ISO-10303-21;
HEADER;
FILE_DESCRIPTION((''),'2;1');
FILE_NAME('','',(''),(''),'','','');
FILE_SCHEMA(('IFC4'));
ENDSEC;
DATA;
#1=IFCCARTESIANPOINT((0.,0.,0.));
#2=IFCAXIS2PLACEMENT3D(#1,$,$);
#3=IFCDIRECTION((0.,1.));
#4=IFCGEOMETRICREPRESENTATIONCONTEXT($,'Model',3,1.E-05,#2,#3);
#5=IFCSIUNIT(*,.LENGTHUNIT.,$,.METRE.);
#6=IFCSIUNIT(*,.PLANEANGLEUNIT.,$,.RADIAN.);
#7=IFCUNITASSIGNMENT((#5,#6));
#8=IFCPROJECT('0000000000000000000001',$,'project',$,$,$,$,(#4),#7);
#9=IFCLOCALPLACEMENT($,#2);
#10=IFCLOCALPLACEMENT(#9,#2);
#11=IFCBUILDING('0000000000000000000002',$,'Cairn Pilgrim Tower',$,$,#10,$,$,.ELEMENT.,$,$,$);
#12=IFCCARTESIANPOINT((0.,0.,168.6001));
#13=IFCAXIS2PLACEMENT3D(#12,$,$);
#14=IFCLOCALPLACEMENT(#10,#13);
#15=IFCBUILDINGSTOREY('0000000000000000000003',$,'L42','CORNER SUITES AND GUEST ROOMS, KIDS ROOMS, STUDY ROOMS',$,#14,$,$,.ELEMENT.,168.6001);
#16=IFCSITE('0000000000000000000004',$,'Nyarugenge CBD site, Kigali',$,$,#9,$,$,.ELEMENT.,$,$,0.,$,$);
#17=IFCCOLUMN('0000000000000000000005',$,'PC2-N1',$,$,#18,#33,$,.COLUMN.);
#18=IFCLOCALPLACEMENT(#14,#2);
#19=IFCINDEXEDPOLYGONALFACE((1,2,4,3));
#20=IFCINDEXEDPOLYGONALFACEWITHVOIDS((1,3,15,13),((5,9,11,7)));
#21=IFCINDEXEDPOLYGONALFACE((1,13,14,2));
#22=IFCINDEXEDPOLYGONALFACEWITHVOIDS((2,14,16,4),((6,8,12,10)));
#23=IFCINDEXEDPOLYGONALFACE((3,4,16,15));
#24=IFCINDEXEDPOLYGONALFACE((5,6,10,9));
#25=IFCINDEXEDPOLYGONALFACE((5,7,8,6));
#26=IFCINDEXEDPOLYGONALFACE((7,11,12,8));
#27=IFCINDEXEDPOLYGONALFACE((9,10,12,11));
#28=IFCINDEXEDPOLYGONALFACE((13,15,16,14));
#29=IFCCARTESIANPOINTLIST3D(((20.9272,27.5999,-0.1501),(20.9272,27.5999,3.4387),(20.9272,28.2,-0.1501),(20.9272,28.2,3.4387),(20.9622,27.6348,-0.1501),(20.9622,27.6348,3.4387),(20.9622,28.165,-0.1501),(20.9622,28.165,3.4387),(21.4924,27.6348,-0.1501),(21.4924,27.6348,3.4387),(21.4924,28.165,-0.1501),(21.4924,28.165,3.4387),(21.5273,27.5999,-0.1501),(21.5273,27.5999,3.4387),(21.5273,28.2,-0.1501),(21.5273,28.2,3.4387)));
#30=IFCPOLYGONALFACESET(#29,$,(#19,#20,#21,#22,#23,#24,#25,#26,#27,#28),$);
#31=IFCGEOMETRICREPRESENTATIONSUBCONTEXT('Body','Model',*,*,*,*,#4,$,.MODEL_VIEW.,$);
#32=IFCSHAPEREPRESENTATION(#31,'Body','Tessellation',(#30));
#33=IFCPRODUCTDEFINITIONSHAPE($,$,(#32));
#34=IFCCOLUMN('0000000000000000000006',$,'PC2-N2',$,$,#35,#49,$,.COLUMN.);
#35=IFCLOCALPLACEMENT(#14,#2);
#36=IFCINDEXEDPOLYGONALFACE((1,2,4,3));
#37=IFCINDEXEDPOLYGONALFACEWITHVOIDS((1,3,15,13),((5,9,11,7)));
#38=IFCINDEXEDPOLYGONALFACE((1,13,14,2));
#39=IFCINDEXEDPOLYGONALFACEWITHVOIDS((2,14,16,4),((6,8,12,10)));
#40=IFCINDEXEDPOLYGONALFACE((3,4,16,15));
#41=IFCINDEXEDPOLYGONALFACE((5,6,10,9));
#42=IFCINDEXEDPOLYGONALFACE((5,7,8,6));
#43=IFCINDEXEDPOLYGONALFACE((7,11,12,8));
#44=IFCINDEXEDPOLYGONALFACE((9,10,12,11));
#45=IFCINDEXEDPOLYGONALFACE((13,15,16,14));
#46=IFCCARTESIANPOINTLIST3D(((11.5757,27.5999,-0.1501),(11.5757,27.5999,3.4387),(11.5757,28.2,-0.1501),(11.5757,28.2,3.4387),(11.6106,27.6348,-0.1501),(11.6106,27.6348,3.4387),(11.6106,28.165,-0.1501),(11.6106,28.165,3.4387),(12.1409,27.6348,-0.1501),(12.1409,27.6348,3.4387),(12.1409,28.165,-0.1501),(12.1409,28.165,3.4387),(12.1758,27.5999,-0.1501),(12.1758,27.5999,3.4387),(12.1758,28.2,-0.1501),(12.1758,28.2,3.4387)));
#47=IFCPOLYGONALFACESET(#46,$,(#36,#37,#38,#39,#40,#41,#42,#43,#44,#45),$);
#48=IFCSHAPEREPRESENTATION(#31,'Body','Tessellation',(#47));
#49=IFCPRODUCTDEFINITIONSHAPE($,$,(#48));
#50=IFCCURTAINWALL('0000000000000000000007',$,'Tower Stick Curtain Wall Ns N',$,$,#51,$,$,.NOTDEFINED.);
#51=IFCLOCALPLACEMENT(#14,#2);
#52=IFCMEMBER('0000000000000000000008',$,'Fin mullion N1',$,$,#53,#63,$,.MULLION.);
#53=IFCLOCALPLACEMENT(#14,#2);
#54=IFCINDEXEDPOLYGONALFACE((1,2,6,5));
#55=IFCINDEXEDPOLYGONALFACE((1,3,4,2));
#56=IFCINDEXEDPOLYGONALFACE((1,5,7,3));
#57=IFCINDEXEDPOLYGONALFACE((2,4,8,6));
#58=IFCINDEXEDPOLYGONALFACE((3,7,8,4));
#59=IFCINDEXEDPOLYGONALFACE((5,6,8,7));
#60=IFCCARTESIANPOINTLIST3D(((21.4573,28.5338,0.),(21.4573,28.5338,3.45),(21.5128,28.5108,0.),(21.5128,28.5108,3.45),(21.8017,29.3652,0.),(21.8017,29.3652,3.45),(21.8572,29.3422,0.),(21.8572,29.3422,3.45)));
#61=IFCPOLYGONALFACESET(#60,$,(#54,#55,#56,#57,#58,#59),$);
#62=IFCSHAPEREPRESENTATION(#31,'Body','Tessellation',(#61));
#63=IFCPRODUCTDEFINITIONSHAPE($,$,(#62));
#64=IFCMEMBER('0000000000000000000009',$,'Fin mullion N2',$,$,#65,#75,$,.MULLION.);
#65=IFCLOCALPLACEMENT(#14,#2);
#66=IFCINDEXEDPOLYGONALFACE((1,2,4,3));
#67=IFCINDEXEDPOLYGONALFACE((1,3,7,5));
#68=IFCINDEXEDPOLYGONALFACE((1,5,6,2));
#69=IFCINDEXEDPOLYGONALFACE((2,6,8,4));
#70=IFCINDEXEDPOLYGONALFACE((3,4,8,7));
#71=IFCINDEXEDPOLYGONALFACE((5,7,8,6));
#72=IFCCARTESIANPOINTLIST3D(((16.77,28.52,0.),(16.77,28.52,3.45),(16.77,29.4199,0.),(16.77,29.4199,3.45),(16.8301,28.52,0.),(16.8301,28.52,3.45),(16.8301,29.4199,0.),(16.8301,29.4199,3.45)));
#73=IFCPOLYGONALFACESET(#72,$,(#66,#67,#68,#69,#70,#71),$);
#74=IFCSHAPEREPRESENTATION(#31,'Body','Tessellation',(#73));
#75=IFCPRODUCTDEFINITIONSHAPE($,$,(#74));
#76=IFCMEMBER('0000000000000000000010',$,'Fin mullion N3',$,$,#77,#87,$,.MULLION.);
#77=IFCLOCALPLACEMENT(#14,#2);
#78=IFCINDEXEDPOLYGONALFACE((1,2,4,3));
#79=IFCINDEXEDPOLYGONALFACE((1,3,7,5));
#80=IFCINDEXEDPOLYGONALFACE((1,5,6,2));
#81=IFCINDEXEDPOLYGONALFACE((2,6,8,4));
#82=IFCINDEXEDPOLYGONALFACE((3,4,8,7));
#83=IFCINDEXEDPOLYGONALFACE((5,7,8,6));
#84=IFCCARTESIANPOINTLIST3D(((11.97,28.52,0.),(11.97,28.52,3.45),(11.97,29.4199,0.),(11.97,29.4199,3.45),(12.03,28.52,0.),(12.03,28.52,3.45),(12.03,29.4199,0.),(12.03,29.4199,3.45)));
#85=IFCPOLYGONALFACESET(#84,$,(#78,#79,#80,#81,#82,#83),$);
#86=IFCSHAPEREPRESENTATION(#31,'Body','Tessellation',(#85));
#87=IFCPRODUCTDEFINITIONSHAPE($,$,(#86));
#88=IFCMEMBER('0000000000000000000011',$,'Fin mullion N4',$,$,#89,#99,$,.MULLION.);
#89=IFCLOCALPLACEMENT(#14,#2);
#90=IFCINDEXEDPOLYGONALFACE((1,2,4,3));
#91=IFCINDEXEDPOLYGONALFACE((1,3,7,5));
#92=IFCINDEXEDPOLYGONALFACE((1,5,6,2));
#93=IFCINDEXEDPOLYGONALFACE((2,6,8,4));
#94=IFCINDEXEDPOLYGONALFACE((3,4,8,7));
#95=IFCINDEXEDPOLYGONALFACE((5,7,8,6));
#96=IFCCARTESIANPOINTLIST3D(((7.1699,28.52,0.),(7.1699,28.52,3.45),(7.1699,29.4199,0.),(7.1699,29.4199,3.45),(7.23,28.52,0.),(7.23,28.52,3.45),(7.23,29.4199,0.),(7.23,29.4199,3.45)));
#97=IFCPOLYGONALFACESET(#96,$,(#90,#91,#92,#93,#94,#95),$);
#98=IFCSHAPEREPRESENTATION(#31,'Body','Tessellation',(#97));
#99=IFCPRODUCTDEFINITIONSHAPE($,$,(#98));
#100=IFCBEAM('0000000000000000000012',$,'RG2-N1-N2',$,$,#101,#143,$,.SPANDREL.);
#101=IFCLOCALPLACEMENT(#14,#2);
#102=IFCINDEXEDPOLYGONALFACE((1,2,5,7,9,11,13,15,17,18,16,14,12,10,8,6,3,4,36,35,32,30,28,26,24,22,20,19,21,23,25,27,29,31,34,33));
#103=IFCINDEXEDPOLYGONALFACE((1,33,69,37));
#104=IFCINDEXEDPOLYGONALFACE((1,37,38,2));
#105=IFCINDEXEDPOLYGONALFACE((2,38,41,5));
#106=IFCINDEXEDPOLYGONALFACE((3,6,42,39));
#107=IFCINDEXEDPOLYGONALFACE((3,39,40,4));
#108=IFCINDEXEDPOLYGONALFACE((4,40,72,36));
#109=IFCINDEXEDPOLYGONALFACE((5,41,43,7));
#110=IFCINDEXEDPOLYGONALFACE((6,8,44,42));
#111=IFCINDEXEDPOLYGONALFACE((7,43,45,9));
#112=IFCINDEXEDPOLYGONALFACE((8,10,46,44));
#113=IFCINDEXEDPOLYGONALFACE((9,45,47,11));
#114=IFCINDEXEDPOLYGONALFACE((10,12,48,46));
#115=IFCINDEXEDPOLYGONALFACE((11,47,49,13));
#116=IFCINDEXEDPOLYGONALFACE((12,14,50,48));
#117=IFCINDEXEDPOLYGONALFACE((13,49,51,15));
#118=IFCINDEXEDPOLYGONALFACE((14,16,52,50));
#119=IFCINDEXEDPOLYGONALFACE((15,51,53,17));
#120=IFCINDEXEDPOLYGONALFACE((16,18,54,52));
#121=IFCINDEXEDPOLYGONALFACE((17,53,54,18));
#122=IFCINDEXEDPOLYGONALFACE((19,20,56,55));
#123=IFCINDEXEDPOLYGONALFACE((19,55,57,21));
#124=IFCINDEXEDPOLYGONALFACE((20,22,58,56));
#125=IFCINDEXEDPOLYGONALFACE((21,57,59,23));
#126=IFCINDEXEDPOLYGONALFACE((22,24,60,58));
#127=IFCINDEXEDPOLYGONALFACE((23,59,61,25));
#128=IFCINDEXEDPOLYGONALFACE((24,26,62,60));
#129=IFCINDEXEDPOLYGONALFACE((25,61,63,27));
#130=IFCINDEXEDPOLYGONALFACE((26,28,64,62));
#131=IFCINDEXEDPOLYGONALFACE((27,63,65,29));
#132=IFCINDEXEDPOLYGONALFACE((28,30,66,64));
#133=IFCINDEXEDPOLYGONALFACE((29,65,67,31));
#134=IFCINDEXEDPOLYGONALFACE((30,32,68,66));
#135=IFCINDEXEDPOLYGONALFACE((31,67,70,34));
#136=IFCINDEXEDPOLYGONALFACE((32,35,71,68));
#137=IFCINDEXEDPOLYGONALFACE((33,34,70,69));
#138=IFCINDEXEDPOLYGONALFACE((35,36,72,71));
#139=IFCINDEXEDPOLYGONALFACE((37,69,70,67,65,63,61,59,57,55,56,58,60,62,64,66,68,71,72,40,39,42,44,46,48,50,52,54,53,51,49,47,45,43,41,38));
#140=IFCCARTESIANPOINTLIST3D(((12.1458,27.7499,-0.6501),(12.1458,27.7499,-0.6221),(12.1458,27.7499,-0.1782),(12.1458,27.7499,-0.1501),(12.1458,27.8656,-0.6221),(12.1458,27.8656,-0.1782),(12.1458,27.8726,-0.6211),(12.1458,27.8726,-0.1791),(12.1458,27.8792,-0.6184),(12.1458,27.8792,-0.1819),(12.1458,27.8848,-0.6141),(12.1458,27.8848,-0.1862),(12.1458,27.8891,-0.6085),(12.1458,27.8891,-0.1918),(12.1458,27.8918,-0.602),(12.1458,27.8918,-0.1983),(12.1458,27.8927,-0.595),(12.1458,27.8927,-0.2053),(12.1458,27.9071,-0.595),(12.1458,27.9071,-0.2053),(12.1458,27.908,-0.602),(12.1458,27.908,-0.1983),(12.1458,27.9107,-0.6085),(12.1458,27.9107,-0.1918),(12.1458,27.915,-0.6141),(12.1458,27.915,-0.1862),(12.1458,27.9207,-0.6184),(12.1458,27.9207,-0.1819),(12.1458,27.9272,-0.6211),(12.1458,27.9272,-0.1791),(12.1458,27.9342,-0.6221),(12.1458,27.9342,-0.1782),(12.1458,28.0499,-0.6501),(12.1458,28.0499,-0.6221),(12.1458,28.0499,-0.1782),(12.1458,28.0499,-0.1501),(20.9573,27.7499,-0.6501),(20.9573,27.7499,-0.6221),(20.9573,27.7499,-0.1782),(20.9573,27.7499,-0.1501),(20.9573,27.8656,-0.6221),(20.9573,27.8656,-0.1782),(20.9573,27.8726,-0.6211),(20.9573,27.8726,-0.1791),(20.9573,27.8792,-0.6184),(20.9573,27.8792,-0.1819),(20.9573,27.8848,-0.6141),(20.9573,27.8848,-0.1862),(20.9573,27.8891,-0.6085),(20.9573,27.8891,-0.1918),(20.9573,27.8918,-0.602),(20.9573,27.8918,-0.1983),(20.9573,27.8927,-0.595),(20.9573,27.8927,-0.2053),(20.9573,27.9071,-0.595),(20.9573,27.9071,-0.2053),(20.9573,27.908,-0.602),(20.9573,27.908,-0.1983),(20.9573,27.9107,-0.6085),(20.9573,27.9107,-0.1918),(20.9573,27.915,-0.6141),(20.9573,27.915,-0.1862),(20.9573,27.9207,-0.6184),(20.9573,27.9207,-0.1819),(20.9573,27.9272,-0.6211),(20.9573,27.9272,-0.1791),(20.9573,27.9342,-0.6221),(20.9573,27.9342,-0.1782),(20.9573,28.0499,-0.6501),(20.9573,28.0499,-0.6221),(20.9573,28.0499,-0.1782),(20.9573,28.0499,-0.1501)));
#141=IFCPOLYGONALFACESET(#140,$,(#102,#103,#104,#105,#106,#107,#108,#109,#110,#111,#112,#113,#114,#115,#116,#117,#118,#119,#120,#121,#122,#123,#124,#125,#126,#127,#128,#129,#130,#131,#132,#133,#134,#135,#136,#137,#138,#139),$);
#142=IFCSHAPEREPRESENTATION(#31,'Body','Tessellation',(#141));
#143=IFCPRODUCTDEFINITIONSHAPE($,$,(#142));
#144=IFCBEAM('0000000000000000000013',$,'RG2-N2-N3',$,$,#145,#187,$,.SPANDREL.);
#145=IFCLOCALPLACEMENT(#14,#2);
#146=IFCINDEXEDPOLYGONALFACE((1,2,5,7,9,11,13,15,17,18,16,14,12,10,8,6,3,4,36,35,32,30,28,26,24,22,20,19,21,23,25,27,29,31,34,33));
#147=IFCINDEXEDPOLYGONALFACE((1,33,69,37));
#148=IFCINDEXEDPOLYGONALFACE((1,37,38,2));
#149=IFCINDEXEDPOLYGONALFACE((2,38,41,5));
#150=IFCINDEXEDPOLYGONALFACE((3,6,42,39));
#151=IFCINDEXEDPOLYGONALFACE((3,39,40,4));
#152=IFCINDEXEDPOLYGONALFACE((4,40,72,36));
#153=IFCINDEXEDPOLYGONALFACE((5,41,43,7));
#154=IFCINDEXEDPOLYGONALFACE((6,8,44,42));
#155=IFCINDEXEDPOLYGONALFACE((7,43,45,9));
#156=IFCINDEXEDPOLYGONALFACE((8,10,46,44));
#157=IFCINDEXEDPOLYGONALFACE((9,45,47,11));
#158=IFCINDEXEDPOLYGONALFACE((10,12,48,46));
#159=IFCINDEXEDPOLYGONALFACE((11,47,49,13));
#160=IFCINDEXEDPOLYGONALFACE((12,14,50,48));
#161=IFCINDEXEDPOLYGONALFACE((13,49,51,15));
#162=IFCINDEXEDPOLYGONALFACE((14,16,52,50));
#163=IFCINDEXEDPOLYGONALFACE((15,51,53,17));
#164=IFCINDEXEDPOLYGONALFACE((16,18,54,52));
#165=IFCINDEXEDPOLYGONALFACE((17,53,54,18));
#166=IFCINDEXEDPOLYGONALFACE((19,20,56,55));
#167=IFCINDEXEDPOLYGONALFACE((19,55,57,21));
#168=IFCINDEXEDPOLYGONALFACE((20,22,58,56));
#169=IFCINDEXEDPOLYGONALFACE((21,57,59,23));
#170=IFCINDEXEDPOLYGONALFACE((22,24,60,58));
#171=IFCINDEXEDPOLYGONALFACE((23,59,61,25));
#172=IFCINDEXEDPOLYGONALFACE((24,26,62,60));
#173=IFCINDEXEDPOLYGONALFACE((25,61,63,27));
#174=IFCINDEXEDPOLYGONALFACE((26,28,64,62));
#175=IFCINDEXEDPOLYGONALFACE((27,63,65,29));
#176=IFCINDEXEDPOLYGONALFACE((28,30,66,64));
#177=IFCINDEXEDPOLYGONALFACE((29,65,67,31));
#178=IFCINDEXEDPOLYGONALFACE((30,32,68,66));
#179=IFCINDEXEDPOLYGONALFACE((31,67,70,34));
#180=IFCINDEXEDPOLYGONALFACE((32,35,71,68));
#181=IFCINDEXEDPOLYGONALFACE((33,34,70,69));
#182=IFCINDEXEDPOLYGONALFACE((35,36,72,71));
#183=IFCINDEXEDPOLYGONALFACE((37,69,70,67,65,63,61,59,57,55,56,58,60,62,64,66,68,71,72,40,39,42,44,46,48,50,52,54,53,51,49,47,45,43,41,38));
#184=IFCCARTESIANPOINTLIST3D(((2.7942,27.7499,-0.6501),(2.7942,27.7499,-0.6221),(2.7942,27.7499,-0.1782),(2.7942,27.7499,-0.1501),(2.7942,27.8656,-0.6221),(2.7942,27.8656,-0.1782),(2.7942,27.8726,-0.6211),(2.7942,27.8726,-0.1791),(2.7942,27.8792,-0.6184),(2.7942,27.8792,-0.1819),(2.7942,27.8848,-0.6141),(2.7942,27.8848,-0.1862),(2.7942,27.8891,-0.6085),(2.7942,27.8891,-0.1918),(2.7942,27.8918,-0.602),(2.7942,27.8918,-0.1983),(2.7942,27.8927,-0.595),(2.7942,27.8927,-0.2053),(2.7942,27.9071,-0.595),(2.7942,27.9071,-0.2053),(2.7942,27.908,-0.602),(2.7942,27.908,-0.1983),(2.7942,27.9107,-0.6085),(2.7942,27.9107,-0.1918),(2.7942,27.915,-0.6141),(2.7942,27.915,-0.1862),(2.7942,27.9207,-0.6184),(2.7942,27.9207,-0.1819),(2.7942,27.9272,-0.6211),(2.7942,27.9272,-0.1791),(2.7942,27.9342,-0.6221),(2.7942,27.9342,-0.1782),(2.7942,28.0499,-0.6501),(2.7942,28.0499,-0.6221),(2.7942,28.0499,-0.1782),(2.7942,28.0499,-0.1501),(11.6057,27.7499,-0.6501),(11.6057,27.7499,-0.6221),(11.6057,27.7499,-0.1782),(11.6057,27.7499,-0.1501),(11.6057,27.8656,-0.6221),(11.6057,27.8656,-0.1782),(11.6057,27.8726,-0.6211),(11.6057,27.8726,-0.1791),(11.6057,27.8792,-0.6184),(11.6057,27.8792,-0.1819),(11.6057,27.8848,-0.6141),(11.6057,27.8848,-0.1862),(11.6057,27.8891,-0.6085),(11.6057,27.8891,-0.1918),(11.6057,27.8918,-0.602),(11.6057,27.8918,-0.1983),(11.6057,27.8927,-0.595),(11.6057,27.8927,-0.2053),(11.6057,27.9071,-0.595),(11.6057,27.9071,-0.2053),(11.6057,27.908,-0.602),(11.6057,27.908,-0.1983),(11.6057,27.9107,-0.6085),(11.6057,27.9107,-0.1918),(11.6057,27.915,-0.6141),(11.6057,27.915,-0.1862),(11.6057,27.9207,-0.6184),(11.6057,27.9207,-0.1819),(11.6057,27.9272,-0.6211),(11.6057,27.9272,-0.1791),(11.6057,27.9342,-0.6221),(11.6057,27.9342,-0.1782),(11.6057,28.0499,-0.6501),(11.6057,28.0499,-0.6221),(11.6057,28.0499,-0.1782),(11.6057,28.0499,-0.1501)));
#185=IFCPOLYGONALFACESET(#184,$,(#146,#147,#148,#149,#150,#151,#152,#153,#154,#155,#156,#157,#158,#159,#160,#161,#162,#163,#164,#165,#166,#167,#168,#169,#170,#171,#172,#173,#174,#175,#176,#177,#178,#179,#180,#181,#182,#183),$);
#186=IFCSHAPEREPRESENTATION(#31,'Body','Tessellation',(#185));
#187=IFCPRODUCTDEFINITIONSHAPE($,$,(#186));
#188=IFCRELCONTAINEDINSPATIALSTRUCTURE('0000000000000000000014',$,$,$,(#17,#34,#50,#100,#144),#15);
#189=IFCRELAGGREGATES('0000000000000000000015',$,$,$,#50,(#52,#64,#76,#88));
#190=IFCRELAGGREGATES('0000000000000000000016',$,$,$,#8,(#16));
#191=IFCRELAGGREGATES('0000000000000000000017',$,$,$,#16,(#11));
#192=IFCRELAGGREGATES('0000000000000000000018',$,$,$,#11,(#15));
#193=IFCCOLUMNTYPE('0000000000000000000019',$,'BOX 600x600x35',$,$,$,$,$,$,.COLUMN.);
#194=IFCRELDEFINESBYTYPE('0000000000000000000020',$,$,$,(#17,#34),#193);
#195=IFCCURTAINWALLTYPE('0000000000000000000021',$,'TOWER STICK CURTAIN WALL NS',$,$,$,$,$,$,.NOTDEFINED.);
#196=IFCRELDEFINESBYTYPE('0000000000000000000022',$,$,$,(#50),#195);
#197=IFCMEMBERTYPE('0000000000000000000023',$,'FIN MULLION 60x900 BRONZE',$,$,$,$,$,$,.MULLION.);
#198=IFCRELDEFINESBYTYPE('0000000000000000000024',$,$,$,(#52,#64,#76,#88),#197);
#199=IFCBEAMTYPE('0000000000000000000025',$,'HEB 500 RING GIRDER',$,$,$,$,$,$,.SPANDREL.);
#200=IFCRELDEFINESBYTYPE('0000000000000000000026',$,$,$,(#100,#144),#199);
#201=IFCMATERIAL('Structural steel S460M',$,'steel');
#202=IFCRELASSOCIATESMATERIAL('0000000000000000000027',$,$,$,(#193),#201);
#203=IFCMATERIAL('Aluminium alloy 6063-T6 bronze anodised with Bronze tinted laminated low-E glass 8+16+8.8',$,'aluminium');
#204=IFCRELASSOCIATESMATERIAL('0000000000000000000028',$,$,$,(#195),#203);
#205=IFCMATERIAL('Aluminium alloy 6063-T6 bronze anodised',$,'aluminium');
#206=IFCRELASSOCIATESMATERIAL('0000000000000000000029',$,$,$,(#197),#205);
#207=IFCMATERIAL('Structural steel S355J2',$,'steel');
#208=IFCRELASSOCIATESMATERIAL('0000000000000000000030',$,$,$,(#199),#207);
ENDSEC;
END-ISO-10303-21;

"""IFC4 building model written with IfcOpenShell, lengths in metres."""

from ifc_helpers import new_model, si_unit, direction, frame, origin, origin_2d, place, context, subcontext, project, spatial, rectangle, hollow_rectangle, i_section, extrude, clip, halfspace, material, material_profile, profile_set, type_object, element, aggregate, save


model = new_model("IFC4")

# Units and contexts
model_context = context("Model", 3, precision=1e-05, world=origin(), true_north=direction((0.0, 1.0)))
body_context = subcontext(model_context, "Body", "Model", "MODEL_VIEW")
ifc_project = project(units=[si_unit("LENGTHUNIT", "METRE"), si_unit("PLANEANGLEUNIT", "RADIAN")], contexts=[model_context])

# Site, building, storey
site_placement = place(None, origin())
site = spatial("IfcSite", under=ifc_project, at=site_placement, Name="Nyarugenge CBD site, Kigali", CompositionType="ELEMENT", RefElevation=0.0)
building_placement = place(site_placement, origin())
building = spatial("IfcBuilding", under=site, at=building_placement, Name="Cairn Pilgrim Tower", CompositionType="ELEMENT")
storey_placement = place(building_placement, frame((0.0, 0.0, 168.6001)))
storey = spatial("IfcBuildingStorey", under=building, at=storey_placement, Name="L42", Description="CORNER SUITES AND GUEST ROOMS, KIDS ROOMS, STUDY ROOMS", CompositionType="ELEMENT", Elevation=168.6001)

# Columns
ifc_material_1 = material(Name="Structural steel S460M", Category="steel")
ifc_material_profile_1 = material_profile(ifc_material_1, hollow_rectangle(XDim=0.6001, YDim=0.6001, WallThickness=0.0349, at=origin_2d()), Name="BOX 600x600x35")
ifc_profile_set_1 = profile_set([ifc_material_profile_1], Name="Structural steel S460M")
column_type = type_object("IfcColumnType", Name="BOX 600x600x35", PredefinedType="COLUMN", material=ifc_profile_set_1)
for number, where, z_axis, x_axis, name in (
    (1, (21.2273, 27.8999, -0.1501), (0.0, 0.0, 1.0), (1.0, 0.0, 0.0), "PC2-N1"),
    (2, (11.8757, 27.8999, -0.1501), (0.0, 0.0, 1.0), (1.0, 0.0, 0.0), "PC2-N2"),
):
    element("IfcColumn", number, at=place(storey_placement, frame(where, z_axis=z_axis, x_axis=x_axis)), inside=storey, type_object=column_type, Name=name, PredefinedType="COLUMN", context=body_context, shape_type="Clipping", body=[
        clip(extrude(hollow_rectangle(XDim=0.6001, YDim=0.6001, WallThickness=0.0349, at=origin_2d()), origin(), (0.0, 0.0, 1.0), 3.6001), halfspace(frame((0.0, 0.0, 3.5889), z_axis=(0.0, 0.0, 1.0), x_axis=(1.0, 0.0, 0.0)), False)),
    ])

# Curtain wall, members
ifc_material_2 = material(Name="Aluminium alloy 6063-T6 bronze anodised with Bronze tinted laminated low-E glass 8+16+8.8", Category="aluminium")
curtain_wall_type = type_object("IfcCurtainWallType", Name="TOWER STICK CURTAIN WALL NS", PredefinedType="NOTDEFINED", material=ifc_material_2)
curtain_wall_placement = place(storey_placement, origin())
curtain_wall = element("IfcCurtainWall", 3, at=curtain_wall_placement, inside=storey, type_object=curtain_wall_type, Name="Tower Stick Curtain Wall Ns N", PredefinedType="NOTDEFINED")
ifc_material_3 = material(Name="Aluminium alloy 6063-T6 bronze anodised", Category="aluminium")
ifc_material_profile_2 = material_profile(ifc_material_3, rectangle(XDim=0.8999, YDim=0.0601, at=origin_2d()), Name="FIN MULLION 60x900 BRONZE")
ifc_profile_set_2 = profile_set([ifc_material_profile_2], Name="Aluminium alloy 6063-T6 bronze anodised")
member_type_1 = type_object("IfcMemberType", Name="FIN MULLION 60x900 BRONZE", PredefinedType="MULLION", material=ifc_profile_set_2)
member_1_placement = place(storey_placement, frame((21.6572, 28.938, 0.0), z_axis=(0.0, 0.0, 1.0), x_axis=(0.382683, 0.92388, 0.0)))
member_1 = element("IfcMember", 4, at=member_1_placement, type_object=member_type_1, Name="Fin mullion N1", PredefinedType="MULLION", context=body_context, shape_type="SweptSolid", body=[
    extrude(rectangle(XDim=0.8999, YDim=0.0601, at=origin_2d()), origin(), (0.0, 0.0, 1.0), 3.45),
])
member_2_placement = place(storey_placement, frame((16.8, 28.97, 0.0), z_axis=(0.0, 0.0, 1.0), x_axis=(0.0, 1.0, 0.0)))
member_2 = element("IfcMember", 5, at=member_2_placement, type_object=member_type_1, Name="Fin mullion N2", PredefinedType="MULLION", context=body_context, shape_type="SweptSolid", body=[
    extrude(rectangle(XDim=0.8999, YDim=0.0601, at=origin_2d()), origin(), (0.0, 0.0, 1.0), 3.45),
])
member_3_placement = place(storey_placement, frame((12.0, 28.97, 0.0), z_axis=(0.0, 0.0, 1.0), x_axis=(0.0, 1.0, 0.0)))
member_3 = element("IfcMember", 6, at=member_3_placement, type_object=member_type_1, Name="Fin mullion N3", PredefinedType="MULLION", context=body_context, shape_type="SweptSolid", body=[
    extrude(rectangle(XDim=0.8999, YDim=0.0601, at=origin_2d()), origin(), (0.0, 0.0, 1.0), 3.45),
])
member_4_placement = place(storey_placement, frame((7.2, 28.97, 0.0), z_axis=(0.0, 0.0, 1.0), x_axis=(0.0, 1.0, 0.0)))
member_4 = element("IfcMember", 7, at=member_4_placement, type_object=member_type_1, Name="Fin mullion N4", PredefinedType="MULLION", context=body_context, shape_type="SweptSolid", body=[
    extrude(rectangle(XDim=0.8999, YDim=0.0601, at=origin_2d()), origin(), (0.0, 0.0, 1.0), 3.45),
])

# Beams
ifc_material_4 = material(Name="Structural steel S355J2", Category="steel")
ifc_material_profile_3 = material_profile(ifc_material_4, i_section(OverallWidth=0.3, OverallDepth=0.5, WebThickness=0.0144, FlangeThickness=0.0281, FilletRadius=0.0271, at=origin_2d()), Name="HEB 500")
ifc_profile_set_3 = profile_set([ifc_material_profile_3], Name="Structural steel S355J2")
beam_type_1 = type_object("IfcBeamType", Name="HEB 500 RING GIRDER", PredefinedType="SPANDREL", material=ifc_profile_set_3)
for number, where, z_axis, x_axis, name in (
    (8, (20.9573, 27.8999, -0.4001), (-1.0, 0.0, 0.0), (0.0, -1.0, 0.0), "RG2-N1-N2"),
    (9, (11.6057, 27.8999, -0.4001), (-1.0, 0.0, 0.0), (0.0, -1.0, 0.0), "RG2-N2-N3"),
):
    element("IfcBeam", number, at=place(storey_placement, frame(where, z_axis=z_axis, x_axis=x_axis)), inside=storey, type_object=beam_type_1, Name=name, PredefinedType="SPANDREL", context=body_context, shape_type="SweptSolid", body=[
        extrude(i_section(OverallWidth=0.3, OverallDepth=0.5, WebThickness=0.0144, FlangeThickness=0.0281, FilletRadius=0.0271, at=origin_2d()), origin(), (0.0, 0.0, 1.0), 8.8115),
    ])

aggregate(curtain_wall, [member_1, member_2, member_3, member_4])

save(model, "model.ifc")
